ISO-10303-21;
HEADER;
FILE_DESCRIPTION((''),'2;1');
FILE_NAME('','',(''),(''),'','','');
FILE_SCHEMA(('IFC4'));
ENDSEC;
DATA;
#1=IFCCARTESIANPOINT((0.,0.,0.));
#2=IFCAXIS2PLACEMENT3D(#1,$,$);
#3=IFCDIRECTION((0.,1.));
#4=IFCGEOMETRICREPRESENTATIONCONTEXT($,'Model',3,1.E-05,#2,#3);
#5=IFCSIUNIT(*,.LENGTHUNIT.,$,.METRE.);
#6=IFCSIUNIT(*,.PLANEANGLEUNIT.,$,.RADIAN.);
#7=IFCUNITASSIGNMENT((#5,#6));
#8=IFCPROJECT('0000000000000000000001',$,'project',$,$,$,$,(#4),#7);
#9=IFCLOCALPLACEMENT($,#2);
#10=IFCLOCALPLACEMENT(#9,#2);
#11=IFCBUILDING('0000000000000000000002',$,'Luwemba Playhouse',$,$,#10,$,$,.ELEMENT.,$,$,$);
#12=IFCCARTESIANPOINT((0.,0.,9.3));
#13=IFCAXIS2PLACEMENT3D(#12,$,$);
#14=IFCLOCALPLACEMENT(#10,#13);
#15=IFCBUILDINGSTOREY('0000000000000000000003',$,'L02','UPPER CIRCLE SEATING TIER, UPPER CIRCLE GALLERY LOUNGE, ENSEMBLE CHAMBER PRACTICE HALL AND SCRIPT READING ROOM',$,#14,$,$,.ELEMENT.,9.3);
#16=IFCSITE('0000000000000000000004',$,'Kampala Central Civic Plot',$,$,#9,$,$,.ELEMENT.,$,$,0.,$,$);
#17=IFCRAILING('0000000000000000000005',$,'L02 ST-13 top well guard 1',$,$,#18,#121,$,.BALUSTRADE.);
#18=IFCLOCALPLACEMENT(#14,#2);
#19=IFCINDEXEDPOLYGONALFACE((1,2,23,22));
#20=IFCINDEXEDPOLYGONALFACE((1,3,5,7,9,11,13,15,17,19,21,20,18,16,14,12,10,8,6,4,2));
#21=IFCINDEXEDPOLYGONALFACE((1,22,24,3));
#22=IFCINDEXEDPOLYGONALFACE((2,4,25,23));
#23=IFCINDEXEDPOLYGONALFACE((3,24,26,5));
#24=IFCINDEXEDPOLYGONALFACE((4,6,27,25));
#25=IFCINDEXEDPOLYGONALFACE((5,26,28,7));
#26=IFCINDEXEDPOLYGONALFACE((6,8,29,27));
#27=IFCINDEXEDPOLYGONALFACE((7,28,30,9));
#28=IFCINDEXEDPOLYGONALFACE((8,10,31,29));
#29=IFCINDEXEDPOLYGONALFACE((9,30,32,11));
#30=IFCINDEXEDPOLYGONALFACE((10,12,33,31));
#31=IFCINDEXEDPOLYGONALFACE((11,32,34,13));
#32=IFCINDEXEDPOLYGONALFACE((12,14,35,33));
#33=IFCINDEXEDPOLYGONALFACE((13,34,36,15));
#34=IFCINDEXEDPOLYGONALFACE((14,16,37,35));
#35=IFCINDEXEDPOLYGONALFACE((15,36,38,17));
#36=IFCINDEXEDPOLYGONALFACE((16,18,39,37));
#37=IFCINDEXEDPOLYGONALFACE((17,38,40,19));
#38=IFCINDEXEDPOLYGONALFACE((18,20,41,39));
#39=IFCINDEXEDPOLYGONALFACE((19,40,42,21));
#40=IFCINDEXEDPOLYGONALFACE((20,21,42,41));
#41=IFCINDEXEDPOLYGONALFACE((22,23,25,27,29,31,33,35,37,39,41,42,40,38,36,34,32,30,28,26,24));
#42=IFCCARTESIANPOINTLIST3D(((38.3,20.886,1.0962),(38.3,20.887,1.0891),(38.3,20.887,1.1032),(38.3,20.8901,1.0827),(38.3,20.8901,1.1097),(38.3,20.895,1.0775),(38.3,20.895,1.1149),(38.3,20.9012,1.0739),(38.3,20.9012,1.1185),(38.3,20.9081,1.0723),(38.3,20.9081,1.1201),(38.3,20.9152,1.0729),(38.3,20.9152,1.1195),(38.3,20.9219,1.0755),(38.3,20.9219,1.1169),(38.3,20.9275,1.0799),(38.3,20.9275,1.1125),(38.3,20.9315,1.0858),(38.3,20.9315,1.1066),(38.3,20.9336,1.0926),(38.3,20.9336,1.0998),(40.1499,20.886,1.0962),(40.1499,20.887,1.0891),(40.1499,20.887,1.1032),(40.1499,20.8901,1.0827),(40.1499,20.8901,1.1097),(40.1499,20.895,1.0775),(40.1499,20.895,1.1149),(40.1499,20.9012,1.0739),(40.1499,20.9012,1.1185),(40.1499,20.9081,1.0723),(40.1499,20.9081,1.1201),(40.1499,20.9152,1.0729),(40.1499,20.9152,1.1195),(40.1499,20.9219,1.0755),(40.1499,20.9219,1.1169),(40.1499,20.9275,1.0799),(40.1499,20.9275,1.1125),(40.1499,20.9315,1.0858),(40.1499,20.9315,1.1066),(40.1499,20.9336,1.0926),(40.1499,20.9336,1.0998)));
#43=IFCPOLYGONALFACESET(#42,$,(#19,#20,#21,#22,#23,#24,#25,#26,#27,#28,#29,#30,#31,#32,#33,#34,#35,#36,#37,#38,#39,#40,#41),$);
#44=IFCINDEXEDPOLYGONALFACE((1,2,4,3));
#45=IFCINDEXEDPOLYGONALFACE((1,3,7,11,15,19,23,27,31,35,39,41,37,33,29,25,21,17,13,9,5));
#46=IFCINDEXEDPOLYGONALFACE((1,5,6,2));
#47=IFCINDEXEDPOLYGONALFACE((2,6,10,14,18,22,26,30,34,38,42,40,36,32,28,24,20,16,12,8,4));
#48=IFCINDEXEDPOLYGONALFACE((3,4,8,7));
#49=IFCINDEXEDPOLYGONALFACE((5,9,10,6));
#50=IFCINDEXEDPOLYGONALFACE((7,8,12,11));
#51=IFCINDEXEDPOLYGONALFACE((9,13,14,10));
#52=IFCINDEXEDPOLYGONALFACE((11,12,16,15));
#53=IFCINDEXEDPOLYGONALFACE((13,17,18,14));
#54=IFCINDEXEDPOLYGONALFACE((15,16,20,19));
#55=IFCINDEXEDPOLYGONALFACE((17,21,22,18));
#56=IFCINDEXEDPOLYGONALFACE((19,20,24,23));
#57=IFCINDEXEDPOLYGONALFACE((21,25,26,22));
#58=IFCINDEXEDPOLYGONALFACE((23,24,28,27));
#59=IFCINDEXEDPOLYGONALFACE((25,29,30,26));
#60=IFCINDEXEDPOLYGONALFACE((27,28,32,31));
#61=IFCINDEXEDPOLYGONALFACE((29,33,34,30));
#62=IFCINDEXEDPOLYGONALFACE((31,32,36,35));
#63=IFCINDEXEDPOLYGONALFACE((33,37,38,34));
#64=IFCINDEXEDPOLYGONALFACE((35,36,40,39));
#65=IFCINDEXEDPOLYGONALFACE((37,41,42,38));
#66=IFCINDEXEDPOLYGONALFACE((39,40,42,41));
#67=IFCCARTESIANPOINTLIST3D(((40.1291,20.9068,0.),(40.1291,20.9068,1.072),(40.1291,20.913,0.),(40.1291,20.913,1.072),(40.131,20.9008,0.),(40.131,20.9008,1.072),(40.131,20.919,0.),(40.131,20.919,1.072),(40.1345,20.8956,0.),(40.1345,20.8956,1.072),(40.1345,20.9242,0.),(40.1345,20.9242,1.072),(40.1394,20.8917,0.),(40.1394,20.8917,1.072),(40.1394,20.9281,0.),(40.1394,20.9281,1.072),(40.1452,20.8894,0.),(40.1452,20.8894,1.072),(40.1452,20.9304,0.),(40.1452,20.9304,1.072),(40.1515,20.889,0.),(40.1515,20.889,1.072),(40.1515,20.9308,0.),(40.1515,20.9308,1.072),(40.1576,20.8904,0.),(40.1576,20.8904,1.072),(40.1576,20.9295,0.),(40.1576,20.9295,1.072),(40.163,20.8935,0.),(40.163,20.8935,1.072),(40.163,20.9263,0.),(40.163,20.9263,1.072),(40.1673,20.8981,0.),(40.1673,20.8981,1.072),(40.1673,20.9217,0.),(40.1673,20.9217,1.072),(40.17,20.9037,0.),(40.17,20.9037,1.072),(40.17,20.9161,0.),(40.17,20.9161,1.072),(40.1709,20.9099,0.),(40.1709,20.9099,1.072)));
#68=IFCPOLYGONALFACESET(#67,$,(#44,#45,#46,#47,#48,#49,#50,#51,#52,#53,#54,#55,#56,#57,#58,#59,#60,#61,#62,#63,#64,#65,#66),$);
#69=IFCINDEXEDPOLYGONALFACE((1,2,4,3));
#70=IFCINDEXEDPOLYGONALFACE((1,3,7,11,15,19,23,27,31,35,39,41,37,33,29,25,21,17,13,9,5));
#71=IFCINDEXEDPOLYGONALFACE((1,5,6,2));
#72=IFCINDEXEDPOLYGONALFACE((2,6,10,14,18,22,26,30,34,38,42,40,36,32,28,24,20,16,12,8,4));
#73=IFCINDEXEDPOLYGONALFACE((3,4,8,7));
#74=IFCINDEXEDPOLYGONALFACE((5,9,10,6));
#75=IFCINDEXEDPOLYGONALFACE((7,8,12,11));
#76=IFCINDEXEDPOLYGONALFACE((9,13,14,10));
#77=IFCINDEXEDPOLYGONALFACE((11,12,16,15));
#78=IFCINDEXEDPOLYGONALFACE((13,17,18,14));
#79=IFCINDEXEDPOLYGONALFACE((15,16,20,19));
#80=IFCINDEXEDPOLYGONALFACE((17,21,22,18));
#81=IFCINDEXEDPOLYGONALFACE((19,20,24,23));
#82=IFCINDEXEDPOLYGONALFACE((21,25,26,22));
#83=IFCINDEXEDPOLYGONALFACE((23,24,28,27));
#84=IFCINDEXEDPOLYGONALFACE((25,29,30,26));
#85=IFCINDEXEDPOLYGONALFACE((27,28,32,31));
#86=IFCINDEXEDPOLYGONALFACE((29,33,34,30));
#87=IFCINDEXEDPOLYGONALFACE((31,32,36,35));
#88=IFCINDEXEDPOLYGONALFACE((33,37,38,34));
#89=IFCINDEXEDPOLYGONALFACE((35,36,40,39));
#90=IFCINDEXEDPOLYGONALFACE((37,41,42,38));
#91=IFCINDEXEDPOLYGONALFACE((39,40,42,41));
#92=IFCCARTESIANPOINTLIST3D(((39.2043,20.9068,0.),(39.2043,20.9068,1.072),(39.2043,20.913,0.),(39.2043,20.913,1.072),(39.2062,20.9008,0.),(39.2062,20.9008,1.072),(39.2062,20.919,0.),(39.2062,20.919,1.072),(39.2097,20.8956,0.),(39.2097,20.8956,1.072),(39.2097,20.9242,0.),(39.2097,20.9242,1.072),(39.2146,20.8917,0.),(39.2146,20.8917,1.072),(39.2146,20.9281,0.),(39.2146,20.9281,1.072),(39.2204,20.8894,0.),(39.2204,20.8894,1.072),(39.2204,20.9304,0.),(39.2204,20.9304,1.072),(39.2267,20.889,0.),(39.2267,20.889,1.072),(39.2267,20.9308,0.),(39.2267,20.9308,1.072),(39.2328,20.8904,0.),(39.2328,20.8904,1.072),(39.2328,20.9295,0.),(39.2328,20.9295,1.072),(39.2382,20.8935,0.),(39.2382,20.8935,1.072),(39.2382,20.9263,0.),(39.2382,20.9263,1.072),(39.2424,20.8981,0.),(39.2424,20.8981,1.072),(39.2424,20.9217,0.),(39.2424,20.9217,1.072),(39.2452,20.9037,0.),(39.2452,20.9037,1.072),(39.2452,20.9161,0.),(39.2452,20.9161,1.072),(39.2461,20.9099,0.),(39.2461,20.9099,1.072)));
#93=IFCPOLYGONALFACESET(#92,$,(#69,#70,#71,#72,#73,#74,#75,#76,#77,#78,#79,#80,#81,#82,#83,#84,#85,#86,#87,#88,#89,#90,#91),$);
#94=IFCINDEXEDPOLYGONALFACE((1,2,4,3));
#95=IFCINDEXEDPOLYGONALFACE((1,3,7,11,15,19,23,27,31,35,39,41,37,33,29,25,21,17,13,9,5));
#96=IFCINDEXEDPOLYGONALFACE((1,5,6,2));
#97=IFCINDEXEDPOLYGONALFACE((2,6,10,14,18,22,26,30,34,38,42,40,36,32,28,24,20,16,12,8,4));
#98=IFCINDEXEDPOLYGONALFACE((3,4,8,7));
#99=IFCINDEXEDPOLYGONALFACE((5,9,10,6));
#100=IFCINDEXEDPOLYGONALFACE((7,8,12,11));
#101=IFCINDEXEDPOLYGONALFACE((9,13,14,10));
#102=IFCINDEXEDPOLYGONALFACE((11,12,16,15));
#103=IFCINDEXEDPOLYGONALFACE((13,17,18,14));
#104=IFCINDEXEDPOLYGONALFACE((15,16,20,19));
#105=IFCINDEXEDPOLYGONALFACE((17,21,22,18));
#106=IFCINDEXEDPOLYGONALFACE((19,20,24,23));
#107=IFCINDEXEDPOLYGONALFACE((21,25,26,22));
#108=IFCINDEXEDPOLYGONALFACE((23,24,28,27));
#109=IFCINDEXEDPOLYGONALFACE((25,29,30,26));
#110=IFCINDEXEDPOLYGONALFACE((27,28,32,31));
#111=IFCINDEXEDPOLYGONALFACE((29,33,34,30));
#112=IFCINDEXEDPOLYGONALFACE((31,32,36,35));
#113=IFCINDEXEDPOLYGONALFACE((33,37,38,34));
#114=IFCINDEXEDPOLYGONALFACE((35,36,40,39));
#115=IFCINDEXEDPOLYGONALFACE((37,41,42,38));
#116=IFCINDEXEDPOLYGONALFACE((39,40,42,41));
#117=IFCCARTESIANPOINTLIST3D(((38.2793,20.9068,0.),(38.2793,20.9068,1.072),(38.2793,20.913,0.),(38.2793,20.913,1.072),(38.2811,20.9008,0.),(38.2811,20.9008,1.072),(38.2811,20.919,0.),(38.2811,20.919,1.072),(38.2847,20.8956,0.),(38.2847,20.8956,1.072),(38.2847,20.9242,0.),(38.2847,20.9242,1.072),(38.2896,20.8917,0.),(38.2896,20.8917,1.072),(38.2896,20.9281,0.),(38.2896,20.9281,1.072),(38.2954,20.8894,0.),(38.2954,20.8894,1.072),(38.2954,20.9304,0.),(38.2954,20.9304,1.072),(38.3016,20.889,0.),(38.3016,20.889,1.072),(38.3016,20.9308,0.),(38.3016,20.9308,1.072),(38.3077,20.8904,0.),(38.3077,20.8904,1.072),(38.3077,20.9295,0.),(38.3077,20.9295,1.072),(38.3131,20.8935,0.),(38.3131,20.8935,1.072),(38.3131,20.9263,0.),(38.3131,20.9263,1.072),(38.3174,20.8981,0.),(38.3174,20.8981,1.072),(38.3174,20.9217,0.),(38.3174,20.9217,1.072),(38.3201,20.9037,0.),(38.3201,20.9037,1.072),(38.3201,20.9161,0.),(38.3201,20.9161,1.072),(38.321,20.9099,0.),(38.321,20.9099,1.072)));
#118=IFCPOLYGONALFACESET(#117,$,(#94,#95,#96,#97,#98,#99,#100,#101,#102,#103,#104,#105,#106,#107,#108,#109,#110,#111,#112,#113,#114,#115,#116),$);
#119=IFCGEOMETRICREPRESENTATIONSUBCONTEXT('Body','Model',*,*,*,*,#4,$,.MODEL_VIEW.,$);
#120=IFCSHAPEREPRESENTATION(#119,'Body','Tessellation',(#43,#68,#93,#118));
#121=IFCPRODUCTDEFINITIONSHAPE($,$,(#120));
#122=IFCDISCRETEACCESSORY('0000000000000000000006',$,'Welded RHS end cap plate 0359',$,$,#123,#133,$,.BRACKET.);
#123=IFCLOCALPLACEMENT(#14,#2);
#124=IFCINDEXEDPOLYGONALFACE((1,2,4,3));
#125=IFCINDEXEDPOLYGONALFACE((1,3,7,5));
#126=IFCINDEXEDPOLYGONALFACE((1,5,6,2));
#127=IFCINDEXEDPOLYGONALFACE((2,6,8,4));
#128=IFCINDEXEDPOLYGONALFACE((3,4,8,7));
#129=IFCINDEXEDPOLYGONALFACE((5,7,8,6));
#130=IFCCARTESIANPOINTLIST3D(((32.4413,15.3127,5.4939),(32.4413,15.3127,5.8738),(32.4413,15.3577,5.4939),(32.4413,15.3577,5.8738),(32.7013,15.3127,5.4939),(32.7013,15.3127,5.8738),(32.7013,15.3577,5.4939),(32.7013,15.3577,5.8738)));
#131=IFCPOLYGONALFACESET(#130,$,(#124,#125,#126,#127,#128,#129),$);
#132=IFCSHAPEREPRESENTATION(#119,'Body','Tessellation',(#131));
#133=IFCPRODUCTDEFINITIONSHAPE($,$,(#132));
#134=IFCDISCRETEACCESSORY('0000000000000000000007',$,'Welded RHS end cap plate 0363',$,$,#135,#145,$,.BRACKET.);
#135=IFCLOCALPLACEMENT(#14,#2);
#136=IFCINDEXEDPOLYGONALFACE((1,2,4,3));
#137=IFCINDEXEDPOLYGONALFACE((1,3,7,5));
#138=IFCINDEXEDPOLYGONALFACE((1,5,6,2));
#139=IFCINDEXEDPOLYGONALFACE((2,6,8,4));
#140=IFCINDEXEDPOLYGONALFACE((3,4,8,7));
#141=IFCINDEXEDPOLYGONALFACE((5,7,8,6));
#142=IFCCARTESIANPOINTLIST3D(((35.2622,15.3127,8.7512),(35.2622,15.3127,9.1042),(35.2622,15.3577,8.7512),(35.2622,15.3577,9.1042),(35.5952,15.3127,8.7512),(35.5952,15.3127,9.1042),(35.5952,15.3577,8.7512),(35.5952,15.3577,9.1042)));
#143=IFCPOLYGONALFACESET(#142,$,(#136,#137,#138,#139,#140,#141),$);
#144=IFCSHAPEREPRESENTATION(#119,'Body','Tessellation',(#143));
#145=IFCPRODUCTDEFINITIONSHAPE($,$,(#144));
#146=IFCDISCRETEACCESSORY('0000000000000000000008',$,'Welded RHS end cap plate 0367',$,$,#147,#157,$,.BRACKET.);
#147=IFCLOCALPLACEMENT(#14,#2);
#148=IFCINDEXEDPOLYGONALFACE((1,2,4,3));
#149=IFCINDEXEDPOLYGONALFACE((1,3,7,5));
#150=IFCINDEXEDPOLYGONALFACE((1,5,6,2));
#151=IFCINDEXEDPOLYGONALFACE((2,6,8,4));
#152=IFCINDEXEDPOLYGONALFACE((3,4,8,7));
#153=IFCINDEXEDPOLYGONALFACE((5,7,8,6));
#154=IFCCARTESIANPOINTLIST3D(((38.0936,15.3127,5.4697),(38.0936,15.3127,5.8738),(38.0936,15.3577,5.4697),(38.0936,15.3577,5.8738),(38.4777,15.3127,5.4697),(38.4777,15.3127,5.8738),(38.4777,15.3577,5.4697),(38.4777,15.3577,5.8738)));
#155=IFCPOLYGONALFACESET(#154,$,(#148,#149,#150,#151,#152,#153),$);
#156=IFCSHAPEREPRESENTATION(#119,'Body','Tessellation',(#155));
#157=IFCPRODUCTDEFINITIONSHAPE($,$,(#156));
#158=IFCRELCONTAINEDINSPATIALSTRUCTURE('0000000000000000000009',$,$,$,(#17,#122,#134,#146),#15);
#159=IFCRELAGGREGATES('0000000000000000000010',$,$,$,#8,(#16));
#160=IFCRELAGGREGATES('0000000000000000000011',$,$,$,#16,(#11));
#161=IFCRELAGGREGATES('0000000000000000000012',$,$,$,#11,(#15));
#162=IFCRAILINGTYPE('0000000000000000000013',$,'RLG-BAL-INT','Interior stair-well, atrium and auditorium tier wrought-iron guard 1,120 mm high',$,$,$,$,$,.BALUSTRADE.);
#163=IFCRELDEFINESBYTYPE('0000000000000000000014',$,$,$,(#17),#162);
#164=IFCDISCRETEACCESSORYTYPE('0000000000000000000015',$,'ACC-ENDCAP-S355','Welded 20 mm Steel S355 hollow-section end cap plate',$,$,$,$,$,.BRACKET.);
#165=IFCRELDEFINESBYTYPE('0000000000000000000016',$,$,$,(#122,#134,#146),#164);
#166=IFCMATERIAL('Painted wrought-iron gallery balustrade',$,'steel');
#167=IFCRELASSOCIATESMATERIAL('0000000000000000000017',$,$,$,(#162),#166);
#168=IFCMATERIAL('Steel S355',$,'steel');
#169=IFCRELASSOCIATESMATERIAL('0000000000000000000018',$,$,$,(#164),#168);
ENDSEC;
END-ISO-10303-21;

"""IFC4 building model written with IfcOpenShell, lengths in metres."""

from ifc_helpers import new_model, si_unit, direction, frame, origin, origin_2d, place, context, subcontext, project, spatial, rectangle, circle, extrude, material, type_object, element, save


model = new_model("IFC4")

# Units and contexts
model_context = context("Model", 3, precision=1e-05, world=origin(), true_north=direction((0.0, 1.0)))
body_context = subcontext(model_context, "Body", "Model", "MODEL_VIEW")
ifc_project = project(units=[si_unit("LENGTHUNIT", "METRE"), si_unit("PLANEANGLEUNIT", "RADIAN")], contexts=[model_context])

# Site, building, storey
site_placement = place(None, origin())
site = spatial("IfcSite", under=ifc_project, at=site_placement, Name="Kampala Central Civic Plot", CompositionType="ELEMENT", RefElevation=0.0)
building_placement = place(site_placement, origin())
building = spatial("IfcBuilding", under=site, at=building_placement, Name="Luwemba Playhouse", CompositionType="ELEMENT")
storey_placement = place(building_placement, frame((0.0, 0.0, 9.3)))
storey = spatial("IfcBuildingStorey", under=building, at=storey_placement, Name="L02", Description="UPPER CIRCLE SEATING TIER, UPPER CIRCLE GALLERY LOUNGE, ENSEMBLE CHAMBER PRACTICE HALL AND SCRIPT READING ROOM", CompositionType="ELEMENT", Elevation=9.3)

# Shared definitions
ifc_material_1 = material(Name="Steel S355", Category="steel")

# Railing
ifc_material_2 = material(Name="Painted wrought-iron gallery balustrade", Category="steel")
railing_type = type_object("IfcRailingType", Name="RLG-BAL-INT", Description="Interior stair-well, atrium and auditorium tier wrought-iron guard 1,120 mm high", PredefinedType="BALUSTRADE", material=ifc_material_2)
railing_placement = place(storey_placement, frame((40.1499, 20.9099, 0.0)))
element("IfcRailing", 1, at=railing_placement, inside=storey, type_object=railing_type, Name="L02 ST-13 top well guard 1", PredefinedType="BALUSTRADE", context=body_context, shape_type="SweptSolid", body=[
    extrude(circle(Radius=0.0239, at=origin_2d()), frame((0.0, 0.0, 1.0962), z_axis=(-1.0, 0.0, 0.0), x_axis=(0.0, -1.0, 0.0)), (0.0, 0.0, 1.0), 1.8499),
    extrude(circle(Radius=0.021, at=origin_2d()), origin(), (0.0, 0.0, 1.0), 1.072),
    extrude(circle(Radius=0.021, at=origin_2d()), frame((-0.9248, 0.0, 0.0)), (0.0, 0.0, 1.0), 1.072),
    extrude(circle(Radius=0.021, at=origin_2d()), frame((-1.8499, 0.0, 0.0)), (0.0, 0.0, 1.0), 1.072),
])

# Discrete accessories
discrete_accessory_type = type_object("IfcDiscreteAccessoryType", Name="ACC-ENDCAP-S355", Description="Welded 20 mm Steel S355 hollow-section end cap plate", PredefinedType="BRACKET", material=ifc_material_1)
discrete_accessory_1_placement = place(storey_placement, frame((32.5713, 15.3352, 5.4939), z_axis=(0.0, 0.0, 1.0), x_axis=(1.0, 0.0, 0.0)))
element("IfcDiscreteAccessory", 2, at=discrete_accessory_1_placement, inside=storey, type_object=discrete_accessory_type, Name="Welded RHS end cap plate 0359", PredefinedType="BRACKET", context=body_context, shape_type="SweptSolid", body=[
    extrude(rectangle(XDim=0.26, YDim=0.0449, at=origin_2d()), origin(), (0.0, 0.0, 1.0), 0.3799),
])
discrete_accessory_2_placement = place(storey_placement, frame((35.4287, 15.3352, 8.7512), z_axis=(0.0, 0.0, 1.0), x_axis=(1.0, 0.0, 0.0)))
element("IfcDiscreteAccessory", 3, at=discrete_accessory_2_placement, inside=storey, type_object=discrete_accessory_type, Name="Welded RHS end cap plate 0363", PredefinedType="BRACKET", context=body_context, shape_type="SweptSolid", body=[
    extrude(rectangle(XDim=0.333, YDim=0.0449, at=origin_2d()), origin(), (0.0, 0.0, 1.0), 0.353),
])
discrete_accessory_3_placement = place(storey_placement, frame((38.2856, 15.3352, 5.4697), z_axis=(0.0, 0.0, 1.0), x_axis=(1.0, 0.0, 0.0)))
element("IfcDiscreteAccessory", 4, at=discrete_accessory_3_placement, inside=storey, type_object=discrete_accessory_type, Name="Welded RHS end cap plate 0367", PredefinedType="BRACKET", context=body_context, shape_type="SweptSolid", body=[
    extrude(rectangle(XDim=0.384, YDim=0.0449, at=origin_2d()), origin(), (0.0, 0.0, 1.0), 0.4041),
])

save(model, "model.ifc")
